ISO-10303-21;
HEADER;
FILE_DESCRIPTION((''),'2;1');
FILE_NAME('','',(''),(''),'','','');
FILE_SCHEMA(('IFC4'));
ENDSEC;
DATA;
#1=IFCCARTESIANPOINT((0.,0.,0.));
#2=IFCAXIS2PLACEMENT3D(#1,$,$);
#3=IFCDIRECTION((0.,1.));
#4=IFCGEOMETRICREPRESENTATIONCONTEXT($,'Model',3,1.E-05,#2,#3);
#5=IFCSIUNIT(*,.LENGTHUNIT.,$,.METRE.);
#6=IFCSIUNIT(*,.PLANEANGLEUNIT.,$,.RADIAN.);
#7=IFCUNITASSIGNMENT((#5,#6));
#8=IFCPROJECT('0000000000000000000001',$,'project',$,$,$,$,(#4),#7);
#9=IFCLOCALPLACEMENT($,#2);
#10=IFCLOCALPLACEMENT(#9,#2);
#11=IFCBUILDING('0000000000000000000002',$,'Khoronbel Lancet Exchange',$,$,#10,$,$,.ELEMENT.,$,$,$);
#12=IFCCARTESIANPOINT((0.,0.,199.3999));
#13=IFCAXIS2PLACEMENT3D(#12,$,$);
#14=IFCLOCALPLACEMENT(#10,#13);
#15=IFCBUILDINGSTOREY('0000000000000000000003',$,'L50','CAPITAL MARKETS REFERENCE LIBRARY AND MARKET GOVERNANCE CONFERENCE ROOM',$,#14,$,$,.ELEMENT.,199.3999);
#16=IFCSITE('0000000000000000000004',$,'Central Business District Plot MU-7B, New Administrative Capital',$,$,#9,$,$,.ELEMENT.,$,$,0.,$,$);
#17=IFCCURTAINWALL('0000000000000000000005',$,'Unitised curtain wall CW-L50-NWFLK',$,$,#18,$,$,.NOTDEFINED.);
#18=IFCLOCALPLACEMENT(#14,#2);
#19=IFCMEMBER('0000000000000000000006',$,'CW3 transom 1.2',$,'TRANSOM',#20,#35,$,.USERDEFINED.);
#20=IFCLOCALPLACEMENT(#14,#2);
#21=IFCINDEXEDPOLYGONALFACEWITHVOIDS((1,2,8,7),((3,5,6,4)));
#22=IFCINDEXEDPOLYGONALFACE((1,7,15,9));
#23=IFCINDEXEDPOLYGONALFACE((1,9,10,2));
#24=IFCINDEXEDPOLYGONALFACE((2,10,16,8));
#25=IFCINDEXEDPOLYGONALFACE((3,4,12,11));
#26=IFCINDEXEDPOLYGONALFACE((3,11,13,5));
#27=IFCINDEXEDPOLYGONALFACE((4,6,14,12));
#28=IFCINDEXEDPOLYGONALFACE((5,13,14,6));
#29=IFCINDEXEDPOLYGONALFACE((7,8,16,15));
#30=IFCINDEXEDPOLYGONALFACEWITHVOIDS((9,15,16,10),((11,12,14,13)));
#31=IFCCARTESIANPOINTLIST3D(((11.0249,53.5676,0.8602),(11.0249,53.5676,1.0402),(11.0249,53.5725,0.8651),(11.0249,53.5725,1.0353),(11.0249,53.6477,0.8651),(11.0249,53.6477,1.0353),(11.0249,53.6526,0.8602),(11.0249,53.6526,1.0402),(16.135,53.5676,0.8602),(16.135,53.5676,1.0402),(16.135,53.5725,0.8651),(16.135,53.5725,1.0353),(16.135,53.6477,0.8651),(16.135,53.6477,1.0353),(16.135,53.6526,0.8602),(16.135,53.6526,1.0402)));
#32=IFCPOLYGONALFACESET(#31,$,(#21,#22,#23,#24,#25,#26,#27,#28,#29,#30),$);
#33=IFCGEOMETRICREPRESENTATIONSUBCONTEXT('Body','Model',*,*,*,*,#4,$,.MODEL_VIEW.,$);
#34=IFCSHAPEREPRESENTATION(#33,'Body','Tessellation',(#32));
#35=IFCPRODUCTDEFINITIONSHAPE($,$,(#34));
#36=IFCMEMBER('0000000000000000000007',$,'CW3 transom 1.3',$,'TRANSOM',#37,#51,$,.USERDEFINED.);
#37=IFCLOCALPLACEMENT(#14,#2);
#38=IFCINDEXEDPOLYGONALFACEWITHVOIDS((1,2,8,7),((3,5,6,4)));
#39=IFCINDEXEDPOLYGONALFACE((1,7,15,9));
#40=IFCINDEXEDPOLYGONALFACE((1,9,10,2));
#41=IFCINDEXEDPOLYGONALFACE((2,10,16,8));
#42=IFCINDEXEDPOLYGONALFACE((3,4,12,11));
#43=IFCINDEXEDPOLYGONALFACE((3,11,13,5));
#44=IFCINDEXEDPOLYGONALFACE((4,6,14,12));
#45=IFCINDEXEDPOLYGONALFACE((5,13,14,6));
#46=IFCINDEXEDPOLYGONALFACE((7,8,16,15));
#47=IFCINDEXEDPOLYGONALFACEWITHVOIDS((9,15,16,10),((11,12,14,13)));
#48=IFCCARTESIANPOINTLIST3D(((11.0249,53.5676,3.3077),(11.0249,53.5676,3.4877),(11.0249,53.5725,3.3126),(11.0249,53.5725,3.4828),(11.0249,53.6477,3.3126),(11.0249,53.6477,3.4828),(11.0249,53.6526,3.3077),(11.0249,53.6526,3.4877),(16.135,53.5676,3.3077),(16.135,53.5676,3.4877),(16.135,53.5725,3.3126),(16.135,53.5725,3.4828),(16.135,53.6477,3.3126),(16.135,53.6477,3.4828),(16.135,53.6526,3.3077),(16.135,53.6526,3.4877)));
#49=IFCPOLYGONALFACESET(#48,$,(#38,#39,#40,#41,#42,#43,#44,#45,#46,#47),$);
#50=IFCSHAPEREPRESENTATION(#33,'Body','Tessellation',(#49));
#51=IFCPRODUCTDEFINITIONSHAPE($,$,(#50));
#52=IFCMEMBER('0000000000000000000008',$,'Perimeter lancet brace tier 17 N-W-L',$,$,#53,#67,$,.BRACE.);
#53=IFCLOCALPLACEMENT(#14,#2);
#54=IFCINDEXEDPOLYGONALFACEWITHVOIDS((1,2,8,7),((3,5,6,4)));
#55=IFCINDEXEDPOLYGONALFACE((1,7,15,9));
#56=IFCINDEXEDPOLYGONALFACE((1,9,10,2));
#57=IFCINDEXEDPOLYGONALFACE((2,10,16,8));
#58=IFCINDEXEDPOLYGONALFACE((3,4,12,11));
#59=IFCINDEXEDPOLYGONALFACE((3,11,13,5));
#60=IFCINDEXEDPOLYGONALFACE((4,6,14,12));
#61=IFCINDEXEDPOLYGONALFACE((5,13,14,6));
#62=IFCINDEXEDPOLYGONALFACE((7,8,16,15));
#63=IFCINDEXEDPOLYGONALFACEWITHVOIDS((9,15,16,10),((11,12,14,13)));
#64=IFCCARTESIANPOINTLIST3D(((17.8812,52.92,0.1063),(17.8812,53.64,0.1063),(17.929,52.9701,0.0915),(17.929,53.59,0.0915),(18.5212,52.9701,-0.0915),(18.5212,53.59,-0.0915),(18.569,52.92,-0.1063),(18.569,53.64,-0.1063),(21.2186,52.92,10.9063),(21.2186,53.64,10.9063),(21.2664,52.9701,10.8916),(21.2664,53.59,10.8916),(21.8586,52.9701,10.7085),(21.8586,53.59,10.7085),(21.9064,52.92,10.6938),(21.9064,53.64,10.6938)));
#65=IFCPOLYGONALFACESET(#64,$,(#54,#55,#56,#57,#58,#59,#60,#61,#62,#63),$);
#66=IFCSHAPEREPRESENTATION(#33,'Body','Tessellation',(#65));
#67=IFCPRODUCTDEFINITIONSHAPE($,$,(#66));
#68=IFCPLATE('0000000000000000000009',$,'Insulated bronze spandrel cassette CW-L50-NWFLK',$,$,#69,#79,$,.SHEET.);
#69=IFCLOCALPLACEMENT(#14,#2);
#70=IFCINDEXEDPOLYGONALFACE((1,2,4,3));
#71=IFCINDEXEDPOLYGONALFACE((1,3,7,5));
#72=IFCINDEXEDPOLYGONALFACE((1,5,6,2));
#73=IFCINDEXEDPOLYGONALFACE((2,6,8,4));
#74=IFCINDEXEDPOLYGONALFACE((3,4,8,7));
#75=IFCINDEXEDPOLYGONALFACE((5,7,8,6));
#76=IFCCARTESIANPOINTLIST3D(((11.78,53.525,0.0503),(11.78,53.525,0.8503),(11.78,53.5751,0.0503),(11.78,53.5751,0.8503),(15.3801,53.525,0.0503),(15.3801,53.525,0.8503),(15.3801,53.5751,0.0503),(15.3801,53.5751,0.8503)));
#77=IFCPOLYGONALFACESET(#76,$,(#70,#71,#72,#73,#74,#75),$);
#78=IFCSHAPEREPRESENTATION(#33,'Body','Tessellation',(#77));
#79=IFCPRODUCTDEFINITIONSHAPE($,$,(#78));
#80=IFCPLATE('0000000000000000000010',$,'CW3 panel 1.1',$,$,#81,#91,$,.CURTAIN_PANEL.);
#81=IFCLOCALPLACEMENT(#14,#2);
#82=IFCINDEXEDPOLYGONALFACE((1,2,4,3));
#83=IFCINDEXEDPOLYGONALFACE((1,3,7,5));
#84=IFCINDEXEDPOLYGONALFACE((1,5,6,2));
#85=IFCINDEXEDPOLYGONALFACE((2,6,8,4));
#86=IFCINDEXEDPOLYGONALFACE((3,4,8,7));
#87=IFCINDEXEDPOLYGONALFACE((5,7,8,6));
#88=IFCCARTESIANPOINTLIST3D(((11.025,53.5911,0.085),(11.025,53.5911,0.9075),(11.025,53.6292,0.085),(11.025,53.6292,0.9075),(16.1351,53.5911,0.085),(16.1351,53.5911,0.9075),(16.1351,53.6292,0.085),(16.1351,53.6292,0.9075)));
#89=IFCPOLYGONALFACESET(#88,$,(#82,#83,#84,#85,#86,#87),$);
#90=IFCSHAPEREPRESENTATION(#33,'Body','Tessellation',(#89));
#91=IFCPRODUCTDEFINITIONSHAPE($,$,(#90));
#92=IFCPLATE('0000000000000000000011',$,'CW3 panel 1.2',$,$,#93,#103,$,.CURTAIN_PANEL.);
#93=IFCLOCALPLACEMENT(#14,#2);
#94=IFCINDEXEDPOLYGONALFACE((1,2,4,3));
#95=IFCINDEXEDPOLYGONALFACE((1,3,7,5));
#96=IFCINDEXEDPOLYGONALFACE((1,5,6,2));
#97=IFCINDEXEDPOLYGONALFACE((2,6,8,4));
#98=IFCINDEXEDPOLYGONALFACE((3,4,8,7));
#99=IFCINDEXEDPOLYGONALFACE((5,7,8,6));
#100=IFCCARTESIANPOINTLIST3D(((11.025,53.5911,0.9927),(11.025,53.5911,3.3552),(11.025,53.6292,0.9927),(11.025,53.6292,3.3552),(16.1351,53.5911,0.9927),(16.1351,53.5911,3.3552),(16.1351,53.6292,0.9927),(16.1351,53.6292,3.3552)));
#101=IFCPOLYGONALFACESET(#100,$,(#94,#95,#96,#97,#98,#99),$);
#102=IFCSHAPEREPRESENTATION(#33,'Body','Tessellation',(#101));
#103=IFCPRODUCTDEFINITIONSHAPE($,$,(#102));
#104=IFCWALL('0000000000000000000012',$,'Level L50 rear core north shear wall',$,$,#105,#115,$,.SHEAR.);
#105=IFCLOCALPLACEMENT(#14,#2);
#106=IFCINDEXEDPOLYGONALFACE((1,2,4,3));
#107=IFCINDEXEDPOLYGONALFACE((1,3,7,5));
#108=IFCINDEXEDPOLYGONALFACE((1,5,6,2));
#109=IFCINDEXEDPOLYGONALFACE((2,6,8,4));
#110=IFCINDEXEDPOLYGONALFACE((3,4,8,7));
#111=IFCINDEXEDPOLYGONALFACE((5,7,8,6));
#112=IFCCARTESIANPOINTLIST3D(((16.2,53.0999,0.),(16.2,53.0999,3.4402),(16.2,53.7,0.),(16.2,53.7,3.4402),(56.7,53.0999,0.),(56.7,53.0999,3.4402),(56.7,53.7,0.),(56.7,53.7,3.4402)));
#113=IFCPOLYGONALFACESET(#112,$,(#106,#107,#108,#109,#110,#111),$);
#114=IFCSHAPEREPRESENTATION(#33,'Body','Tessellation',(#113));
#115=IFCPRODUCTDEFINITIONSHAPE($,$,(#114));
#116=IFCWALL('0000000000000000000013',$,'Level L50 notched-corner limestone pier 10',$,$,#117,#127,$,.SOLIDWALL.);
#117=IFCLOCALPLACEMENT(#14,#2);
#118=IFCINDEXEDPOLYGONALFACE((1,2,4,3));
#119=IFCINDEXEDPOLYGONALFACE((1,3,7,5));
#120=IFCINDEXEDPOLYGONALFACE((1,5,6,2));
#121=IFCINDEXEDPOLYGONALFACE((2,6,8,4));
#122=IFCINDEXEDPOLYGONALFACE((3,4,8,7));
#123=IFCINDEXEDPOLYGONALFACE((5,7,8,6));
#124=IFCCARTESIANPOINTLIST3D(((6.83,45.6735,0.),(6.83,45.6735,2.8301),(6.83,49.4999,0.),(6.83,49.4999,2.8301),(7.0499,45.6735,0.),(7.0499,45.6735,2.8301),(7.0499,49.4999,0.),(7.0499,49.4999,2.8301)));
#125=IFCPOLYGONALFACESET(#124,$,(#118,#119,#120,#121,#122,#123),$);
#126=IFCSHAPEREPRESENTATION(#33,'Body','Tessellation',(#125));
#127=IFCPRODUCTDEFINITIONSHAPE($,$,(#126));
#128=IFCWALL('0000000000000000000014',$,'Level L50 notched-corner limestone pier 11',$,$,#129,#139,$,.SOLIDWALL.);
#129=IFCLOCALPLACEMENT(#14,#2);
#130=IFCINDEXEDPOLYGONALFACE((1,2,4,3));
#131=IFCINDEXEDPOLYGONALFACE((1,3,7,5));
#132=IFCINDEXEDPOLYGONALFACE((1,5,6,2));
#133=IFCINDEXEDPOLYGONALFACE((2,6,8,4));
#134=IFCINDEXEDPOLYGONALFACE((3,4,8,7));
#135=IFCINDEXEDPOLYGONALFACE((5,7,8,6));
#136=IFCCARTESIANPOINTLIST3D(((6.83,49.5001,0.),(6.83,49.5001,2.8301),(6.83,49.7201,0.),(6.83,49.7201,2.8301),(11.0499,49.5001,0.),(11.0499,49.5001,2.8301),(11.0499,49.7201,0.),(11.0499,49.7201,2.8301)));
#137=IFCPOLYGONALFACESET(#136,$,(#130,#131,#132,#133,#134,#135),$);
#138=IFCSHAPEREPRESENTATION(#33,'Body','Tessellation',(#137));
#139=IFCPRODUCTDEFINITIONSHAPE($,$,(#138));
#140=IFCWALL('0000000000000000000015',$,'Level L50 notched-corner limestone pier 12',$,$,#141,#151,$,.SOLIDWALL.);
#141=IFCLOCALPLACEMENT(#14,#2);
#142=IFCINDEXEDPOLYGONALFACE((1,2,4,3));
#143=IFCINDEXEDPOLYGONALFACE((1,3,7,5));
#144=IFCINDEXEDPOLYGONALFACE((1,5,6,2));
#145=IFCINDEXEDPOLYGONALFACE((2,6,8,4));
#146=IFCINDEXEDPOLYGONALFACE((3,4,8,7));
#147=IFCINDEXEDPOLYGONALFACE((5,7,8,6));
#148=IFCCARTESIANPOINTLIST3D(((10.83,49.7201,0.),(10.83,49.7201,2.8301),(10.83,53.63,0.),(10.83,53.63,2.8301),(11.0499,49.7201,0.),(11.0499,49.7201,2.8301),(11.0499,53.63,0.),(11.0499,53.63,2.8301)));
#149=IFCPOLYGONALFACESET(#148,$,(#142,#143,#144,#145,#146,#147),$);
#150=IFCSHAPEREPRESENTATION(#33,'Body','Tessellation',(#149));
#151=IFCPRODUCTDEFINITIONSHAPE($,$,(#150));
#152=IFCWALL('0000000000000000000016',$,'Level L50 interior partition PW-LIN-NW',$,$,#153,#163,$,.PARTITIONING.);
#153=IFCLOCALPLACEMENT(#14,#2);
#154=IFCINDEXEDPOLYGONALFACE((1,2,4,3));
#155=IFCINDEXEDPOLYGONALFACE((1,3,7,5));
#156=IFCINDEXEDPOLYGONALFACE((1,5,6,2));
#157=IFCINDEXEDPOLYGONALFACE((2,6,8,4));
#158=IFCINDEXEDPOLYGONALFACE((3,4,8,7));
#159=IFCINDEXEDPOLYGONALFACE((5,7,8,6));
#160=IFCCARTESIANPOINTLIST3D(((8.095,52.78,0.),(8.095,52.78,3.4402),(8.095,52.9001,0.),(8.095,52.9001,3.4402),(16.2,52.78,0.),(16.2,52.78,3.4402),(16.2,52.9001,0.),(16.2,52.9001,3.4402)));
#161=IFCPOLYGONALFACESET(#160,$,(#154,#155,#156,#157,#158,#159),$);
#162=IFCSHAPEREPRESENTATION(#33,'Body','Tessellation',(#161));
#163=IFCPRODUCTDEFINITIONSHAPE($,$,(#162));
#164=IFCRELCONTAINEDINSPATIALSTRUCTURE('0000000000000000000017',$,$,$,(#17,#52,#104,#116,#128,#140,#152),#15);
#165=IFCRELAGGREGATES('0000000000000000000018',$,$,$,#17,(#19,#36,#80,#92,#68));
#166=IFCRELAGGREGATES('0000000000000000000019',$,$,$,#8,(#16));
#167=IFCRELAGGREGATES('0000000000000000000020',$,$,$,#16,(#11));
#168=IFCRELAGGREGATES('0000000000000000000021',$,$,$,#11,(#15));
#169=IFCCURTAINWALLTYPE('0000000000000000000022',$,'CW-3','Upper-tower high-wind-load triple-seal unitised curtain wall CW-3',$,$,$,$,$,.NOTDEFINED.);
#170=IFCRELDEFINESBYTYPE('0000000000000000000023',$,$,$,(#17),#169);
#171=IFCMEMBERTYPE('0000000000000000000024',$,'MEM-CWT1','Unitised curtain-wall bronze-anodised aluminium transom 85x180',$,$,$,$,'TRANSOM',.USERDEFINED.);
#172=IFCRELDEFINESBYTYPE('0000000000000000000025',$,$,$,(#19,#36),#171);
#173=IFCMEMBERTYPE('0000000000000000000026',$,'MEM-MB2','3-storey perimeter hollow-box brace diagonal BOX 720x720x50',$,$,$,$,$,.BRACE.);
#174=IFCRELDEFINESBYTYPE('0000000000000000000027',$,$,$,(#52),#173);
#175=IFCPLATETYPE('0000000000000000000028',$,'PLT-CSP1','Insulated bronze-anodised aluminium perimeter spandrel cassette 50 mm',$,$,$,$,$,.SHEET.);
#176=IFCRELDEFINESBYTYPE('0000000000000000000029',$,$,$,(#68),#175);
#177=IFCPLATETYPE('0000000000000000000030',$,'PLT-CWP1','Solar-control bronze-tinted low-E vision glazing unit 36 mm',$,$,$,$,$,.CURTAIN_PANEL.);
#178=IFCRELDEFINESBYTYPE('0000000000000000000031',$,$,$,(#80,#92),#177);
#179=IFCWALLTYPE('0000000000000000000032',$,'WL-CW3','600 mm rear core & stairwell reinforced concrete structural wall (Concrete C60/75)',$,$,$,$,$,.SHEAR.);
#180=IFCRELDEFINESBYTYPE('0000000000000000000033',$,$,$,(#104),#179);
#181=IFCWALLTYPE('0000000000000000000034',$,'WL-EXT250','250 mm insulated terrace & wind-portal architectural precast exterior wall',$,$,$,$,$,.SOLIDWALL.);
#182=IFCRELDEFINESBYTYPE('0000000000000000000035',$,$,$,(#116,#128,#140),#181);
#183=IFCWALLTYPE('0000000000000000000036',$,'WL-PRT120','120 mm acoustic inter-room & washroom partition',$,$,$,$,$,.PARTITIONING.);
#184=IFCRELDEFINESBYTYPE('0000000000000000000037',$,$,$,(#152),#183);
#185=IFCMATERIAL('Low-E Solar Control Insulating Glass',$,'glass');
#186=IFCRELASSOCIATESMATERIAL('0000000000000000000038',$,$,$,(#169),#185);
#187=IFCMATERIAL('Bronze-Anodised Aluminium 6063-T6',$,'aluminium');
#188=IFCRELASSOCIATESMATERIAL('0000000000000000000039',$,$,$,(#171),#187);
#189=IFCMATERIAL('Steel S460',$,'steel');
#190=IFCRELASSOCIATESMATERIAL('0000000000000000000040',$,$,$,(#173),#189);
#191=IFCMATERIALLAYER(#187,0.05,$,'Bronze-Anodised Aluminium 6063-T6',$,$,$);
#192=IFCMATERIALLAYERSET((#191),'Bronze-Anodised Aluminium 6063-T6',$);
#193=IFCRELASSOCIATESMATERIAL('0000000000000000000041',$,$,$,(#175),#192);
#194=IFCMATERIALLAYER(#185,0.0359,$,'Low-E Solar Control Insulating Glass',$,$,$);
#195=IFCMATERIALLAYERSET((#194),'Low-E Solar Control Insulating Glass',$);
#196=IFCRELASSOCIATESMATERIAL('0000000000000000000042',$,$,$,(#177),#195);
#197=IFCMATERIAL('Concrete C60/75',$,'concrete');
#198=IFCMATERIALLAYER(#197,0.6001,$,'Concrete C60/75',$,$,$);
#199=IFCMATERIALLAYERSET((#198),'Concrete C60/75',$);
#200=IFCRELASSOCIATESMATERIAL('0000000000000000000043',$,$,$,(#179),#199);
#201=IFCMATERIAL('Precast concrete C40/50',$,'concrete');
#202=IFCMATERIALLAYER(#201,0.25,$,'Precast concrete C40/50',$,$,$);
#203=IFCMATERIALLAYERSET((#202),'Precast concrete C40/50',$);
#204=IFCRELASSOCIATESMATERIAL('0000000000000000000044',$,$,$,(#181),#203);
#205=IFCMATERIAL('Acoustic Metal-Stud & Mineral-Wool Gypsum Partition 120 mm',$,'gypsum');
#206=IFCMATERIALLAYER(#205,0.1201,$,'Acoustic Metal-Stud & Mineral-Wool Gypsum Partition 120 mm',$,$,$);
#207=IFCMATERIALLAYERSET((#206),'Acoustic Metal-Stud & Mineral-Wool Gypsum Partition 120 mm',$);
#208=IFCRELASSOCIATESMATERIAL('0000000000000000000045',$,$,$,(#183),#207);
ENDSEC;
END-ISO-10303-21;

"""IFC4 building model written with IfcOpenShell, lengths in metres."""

from ifc_helpers import new_model, si_unit, direction, frame, frame_2d, origin, origin_2d, place, context, subcontext, project, spatial, rectangle, hollow_rectangle, extrude, material, layer, layer_set, material_profile, profile_set, type_object, element, aggregate, save


model = new_model("IFC4")

# Units and contexts
model_context = context("Model", 3, precision=1e-05, world=origin(), true_north=direction((0.0, 1.0)))
body_context = subcontext(model_context, "Body", "Model", "MODEL_VIEW")
ifc_project = project(units=[si_unit("LENGTHUNIT", "METRE"), si_unit("PLANEANGLEUNIT", "RADIAN")], contexts=[model_context])

# Site, building, storey
site_placement = place(None, origin())
site = spatial("IfcSite", under=ifc_project, at=site_placement, Name="Central Business District Plot MU-7B, New Administrative Capital", CompositionType="ELEMENT", RefElevation=0.0)
building_placement = place(site_placement, origin())
building = spatial("IfcBuilding", under=site, at=building_placement, Name="Khoronbel Lancet Exchange", CompositionType="ELEMENT")
storey_placement = place(building_placement, frame((0.0, 0.0, 199.3999)))
storey = spatial("IfcBuildingStorey", under=building, at=storey_placement, Name="L50", Description="CAPITAL MARKETS REFERENCE LIBRARY AND MARKET GOVERNANCE CONFERENCE ROOM", CompositionType="ELEMENT", Elevation=199.3999)

# Shared definitions
ifc_material_1 = material(Name="Steel S460", Category="steel")

# Curtain wall, members
ifc_material_2 = material(Name="Low-E Solar Control Insulating Glass", Category="glass")
curtain_wall_type = type_object("IfcCurtainWallType", Name="CW-3", Description="Upper-tower high-wind-load triple-seal unitised curtain wall CW-3", PredefinedType="NOTDEFINED", material=ifc_material_2)
curtain_wall_placement = place(storey_placement, origin())
curtain_wall = element("IfcCurtainWall", 1, at=curtain_wall_placement, inside=storey, type_object=curtain_wall_type, Name="Unitised curtain wall CW-L50-NWFLK", PredefinedType="NOTDEFINED")
ifc_material_3 = material(Name="Bronze-Anodised Aluminium 6063-T6", Category="aluminium")
ifc_material_profile_1 = material_profile(ifc_material_3, hollow_rectangle(XDim=0.085, YDim=0.1799, WallThickness=0.0049, at=origin_2d()), Name="ALU TRANSOM 85x180")
ifc_profile_set_1 = profile_set([ifc_material_profile_1], Name="Bronze-Anodised Aluminium 6063-T6")
member_type_1 = type_object("IfcMemberType", Name="MEM-CWT1", Description="Unitised curtain-wall bronze-anodised aluminium transom 85x180", ElementType="TRANSOM", PredefinedType="USERDEFINED", material=ifc_profile_set_1)
member_1_placement = place(storey_placement, frame((16.135, 53.6101, 0.9502), z_axis=(-1.0, 0.0, 0.0), x_axis=(0.0, -1.0, 0.0)))
member_1 = element("IfcMember", 2, at=member_1_placement, type_object=member_type_1, Name="CW3 transom 1.2", ObjectType="TRANSOM", PredefinedType="USERDEFINED", context=body_context, shape_type="SweptSolid", body=[
    extrude(hollow_rectangle(XDim=0.085, YDim=0.1799, WallThickness=0.0049, at=origin_2d()), origin(), (0.0, 0.0, 1.0), 5.1101),
])
member_2_placement = place(storey_placement, frame((16.135, 53.6101, 3.3977), z_axis=(-1.0, 0.0, 0.0), x_axis=(0.0, -1.0, 0.0)))
member_2 = element("IfcMember", 3, at=member_2_placement, type_object=member_type_1, Name="CW3 transom 1.3", ObjectType="TRANSOM", PredefinedType="USERDEFINED", context=body_context, shape_type="SweptSolid", body=[
    extrude(hollow_rectangle(XDim=0.085, YDim=0.1799, WallThickness=0.0049, at=origin_2d()), origin(), (0.0, 0.0, 1.0), 5.1101),
])

# Member
ifc_material_profile_2 = material_profile(ifc_material_1, hollow_rectangle(XDim=0.72, YDim=0.72, WallThickness=0.05, at=origin_2d()), Name="BOX 720x720x50")
ifc_profile_set_2 = profile_set([ifc_material_profile_2], Name="Steel S460")
member_type_2 = type_object("IfcMemberType", Name="MEM-MB2", Description="3-storey perimeter hollow-box brace diagonal BOX 720x720x50", PredefinedType="BRACE", material=ifc_profile_set_2)
member_3_placement = place(storey_placement, frame((18.2251, 53.28, 0.0), z_axis=(0.295242, 0.0, 0.955422), x_axis=(0.0, 1.0, 0.0)))
element("IfcMember", 4, at=member_3_placement, inside=storey, type_object=member_type_2, Name="Perimeter lancet brace tier 17 N-W-L", PredefinedType="BRACE", context=body_context, shape_type="SweptSolid", body=[
    extrude(hollow_rectangle(XDim=0.72, YDim=0.72, WallThickness=0.05, at=origin_2d()), origin(), (0.0, 0.0, 1.0), 11.304),
])

# Plates
ifc_layer_1 = layer(ifc_material_3, 0.05, Name="Bronze-Anodised Aluminium 6063-T6")
ifc_layer_set_1 = layer_set([ifc_layer_1], Name="Bronze-Anodised Aluminium 6063-T6")
plate_type_1 = type_object("IfcPlateType", Name="PLT-CSP1", Description="Insulated bronze-anodised aluminium perimeter spandrel cassette 50 mm", PredefinedType="SHEET", material=ifc_layer_set_1)
plate_1_placement = place(storey_placement, frame((13.5801, 53.55, 0.0503), z_axis=(0.0, 0.0, 1.0), x_axis=(-1.0, 0.0, 0.0)))
plate_1 = element("IfcPlate", 5, at=plate_1_placement, type_object=plate_type_1, Name="Insulated bronze spandrel cassette CW-L50-NWFLK", PredefinedType="SHEET", context=body_context, shape_type="SweptSolid", body=[
    extrude(rectangle(XDim=3.6001, YDim=0.05, at=origin_2d()), origin(), (0.0, 0.0, 1.0), 0.8),
])
ifc_layer_2 = layer(ifc_material_2, 0.0359, Name="Low-E Solar Control Insulating Glass")
ifc_layer_set_2 = layer_set([ifc_layer_2], Name="Low-E Solar Control Insulating Glass")
plate_type_2 = type_object("IfcPlateType", Name="PLT-CWP1", Description="Solar-control bronze-tinted low-E vision glazing unit 36 mm", PredefinedType="CURTAIN_PANEL", material=ifc_layer_set_2)
plate_2_placement = place(storey_placement, frame((13.5801, 53.6101, 0.085), z_axis=(0.0, 0.0, 1.0), x_axis=(-1.0, 0.0, 0.0)))
plate_2 = element("IfcPlate", 6, at=plate_2_placement, type_object=plate_type_2, Name="CW3 panel 1.1", PredefinedType="CURTAIN_PANEL", context=body_context, shape_type="SweptSolid", body=[
    extrude(rectangle(XDim=5.1101, YDim=0.0381, at=origin_2d()), origin(), (0.0, 0.0, 1.0), 0.8225),
])
plate_3_placement = place(storey_placement, frame((13.5801, 53.6101, 0.9927), z_axis=(0.0, 0.0, 1.0), x_axis=(-1.0, 0.0, 0.0)))
plate_3 = element("IfcPlate", 7, at=plate_3_placement, type_object=plate_type_2, Name="CW3 panel 1.2", PredefinedType="CURTAIN_PANEL", context=body_context, shape_type="SweptSolid", body=[
    extrude(rectangle(XDim=5.1101, YDim=0.0381, at=origin_2d()), origin(), (0.0, 0.0, 1.0), 2.3625),
])
aggregate(curtain_wall, [member_1, member_2, plate_2, plate_3, plate_1])

# Walls
ifc_material_4 = material(Name="Concrete C60/75", Category="concrete")
ifc_layer_3 = layer(ifc_material_4, 0.6001, Name="Concrete C60/75")
ifc_layer_set_3 = layer_set([ifc_layer_3], Name="Concrete C60/75")
wall_type_1 = type_object("IfcWallType", Name="WL-CW3", Description="600 mm rear core & stairwell reinforced concrete structural wall (Concrete C60/75)", PredefinedType="SHEAR", material=ifc_layer_set_3)
wall_1_placement = place(storey_placement, frame((16.2, 53.3999, 0.0), z_axis=(0.0, 0.0, 1.0), x_axis=(1.0, 0.0, 0.0)))
element("IfcWall", 8, at=wall_1_placement, inside=storey, type_object=wall_type_1, Name="Level L50 rear core north shear wall", PredefinedType="SHEAR", context=body_context, shape_type="SweptSolid", body=[
    extrude(rectangle(XDim=40.5, YDim=0.6001, at=frame_2d((20.25, 0.0))), origin(), (0.0, 0.0, 1.0), 3.4402),
])
ifc_material_5 = material(Name="Precast concrete C40/50", Category="concrete")
ifc_layer_4 = layer(ifc_material_5, 0.25, Name="Precast concrete C40/50")
ifc_layer_set_4 = layer_set([ifc_layer_4], Name="Precast concrete C40/50")
wall_type_2 = type_object("IfcWallType", Name="WL-EXT250", Description="250 mm insulated terrace & wind-portal architectural precast exterior wall", PredefinedType="SOLIDWALL", material=ifc_layer_set_4)
wall_2_placement = place(storey_placement, frame((6.9399, 45.6736, 0.0), z_axis=(0.0, 0.0, 1.0), x_axis=(0.0, 1.0, 0.0)))
element("IfcWall", 9, at=wall_2_placement, inside=storey, type_object=wall_type_2, Name="Level L50 notched-corner limestone pier 10", PredefinedType="SOLIDWALL", context=body_context, shape_type="SweptSolid", body=[
    extrude(rectangle(XDim=3.8264, YDim=0.22, at=frame_2d((1.9131, 0.0))), origin(), (0.0, 0.0, 1.0), 2.8301),
])
wall_3_placement = place(storey_placement, frame((6.8301, 49.6101, 0.0), z_axis=(0.0, 0.0, 1.0), x_axis=(1.0, 0.0, 0.0)))
element("IfcWall", 10, at=wall_3_placement, inside=storey, type_object=wall_type_2, Name="Level L50 notched-corner limestone pier 11", PredefinedType="SOLIDWALL", context=body_context, shape_type="SweptSolid", body=[
    extrude(rectangle(XDim=4.22, YDim=0.22, at=frame_2d((2.1099, 0.0))), origin(), (0.0, 0.0, 1.0), 2.8301),
])
wall_4_placement = place(storey_placement, frame((10.9399, 49.72, 0.0), z_axis=(0.0, 0.0, 1.0), x_axis=(0.0, 1.0, 0.0)))
element("IfcWall", 11, at=wall_4_placement, inside=storey, type_object=wall_type_2, Name="Level L50 notched-corner limestone pier 12", PredefinedType="SOLIDWALL", context=body_context, shape_type="SweptSolid", body=[
    extrude(rectangle(XDim=3.9099, YDim=0.22, at=frame_2d((1.9551, 0.0))), origin(), (0.0, 0.0, 1.0), 2.8301),
])
ifc_material_6 = material(Name="Acoustic Metal-Stud & Mineral-Wool Gypsum Partition 120 mm", Category="gypsum")
ifc_layer_5 = layer(ifc_material_6, 0.1201, Name="Acoustic Metal-Stud & Mineral-Wool Gypsum Partition 120 mm")
ifc_layer_set_5 = layer_set([ifc_layer_5], Name="Acoustic Metal-Stud & Mineral-Wool Gypsum Partition 120 mm")
wall_type_3 = type_object("IfcWallType", Name="WL-PRT120", Description="120 mm acoustic inter-room & washroom partition", PredefinedType="PARTITIONING", material=ifc_layer_set_5)
wall_5_placement = place(storey_placement, frame((8.095, 52.8401, 0.0), z_axis=(0.0, 0.0, 1.0), x_axis=(1.0, 0.0, 0.0)))
element("IfcWall", 12, at=wall_5_placement, inside=storey, type_object=wall_type_3, Name="Level L50 interior partition PW-LIN-NW", PredefinedType="PARTITIONING", context=body_context, shape_type="SweptSolid", body=[
    extrude(rectangle(XDim=8.105, YDim=0.1201, at=frame_2d((4.0525, 0.0))), origin(), (0.0, 0.0, 1.0), 3.4402),
])

save(model, "model.ifc")
